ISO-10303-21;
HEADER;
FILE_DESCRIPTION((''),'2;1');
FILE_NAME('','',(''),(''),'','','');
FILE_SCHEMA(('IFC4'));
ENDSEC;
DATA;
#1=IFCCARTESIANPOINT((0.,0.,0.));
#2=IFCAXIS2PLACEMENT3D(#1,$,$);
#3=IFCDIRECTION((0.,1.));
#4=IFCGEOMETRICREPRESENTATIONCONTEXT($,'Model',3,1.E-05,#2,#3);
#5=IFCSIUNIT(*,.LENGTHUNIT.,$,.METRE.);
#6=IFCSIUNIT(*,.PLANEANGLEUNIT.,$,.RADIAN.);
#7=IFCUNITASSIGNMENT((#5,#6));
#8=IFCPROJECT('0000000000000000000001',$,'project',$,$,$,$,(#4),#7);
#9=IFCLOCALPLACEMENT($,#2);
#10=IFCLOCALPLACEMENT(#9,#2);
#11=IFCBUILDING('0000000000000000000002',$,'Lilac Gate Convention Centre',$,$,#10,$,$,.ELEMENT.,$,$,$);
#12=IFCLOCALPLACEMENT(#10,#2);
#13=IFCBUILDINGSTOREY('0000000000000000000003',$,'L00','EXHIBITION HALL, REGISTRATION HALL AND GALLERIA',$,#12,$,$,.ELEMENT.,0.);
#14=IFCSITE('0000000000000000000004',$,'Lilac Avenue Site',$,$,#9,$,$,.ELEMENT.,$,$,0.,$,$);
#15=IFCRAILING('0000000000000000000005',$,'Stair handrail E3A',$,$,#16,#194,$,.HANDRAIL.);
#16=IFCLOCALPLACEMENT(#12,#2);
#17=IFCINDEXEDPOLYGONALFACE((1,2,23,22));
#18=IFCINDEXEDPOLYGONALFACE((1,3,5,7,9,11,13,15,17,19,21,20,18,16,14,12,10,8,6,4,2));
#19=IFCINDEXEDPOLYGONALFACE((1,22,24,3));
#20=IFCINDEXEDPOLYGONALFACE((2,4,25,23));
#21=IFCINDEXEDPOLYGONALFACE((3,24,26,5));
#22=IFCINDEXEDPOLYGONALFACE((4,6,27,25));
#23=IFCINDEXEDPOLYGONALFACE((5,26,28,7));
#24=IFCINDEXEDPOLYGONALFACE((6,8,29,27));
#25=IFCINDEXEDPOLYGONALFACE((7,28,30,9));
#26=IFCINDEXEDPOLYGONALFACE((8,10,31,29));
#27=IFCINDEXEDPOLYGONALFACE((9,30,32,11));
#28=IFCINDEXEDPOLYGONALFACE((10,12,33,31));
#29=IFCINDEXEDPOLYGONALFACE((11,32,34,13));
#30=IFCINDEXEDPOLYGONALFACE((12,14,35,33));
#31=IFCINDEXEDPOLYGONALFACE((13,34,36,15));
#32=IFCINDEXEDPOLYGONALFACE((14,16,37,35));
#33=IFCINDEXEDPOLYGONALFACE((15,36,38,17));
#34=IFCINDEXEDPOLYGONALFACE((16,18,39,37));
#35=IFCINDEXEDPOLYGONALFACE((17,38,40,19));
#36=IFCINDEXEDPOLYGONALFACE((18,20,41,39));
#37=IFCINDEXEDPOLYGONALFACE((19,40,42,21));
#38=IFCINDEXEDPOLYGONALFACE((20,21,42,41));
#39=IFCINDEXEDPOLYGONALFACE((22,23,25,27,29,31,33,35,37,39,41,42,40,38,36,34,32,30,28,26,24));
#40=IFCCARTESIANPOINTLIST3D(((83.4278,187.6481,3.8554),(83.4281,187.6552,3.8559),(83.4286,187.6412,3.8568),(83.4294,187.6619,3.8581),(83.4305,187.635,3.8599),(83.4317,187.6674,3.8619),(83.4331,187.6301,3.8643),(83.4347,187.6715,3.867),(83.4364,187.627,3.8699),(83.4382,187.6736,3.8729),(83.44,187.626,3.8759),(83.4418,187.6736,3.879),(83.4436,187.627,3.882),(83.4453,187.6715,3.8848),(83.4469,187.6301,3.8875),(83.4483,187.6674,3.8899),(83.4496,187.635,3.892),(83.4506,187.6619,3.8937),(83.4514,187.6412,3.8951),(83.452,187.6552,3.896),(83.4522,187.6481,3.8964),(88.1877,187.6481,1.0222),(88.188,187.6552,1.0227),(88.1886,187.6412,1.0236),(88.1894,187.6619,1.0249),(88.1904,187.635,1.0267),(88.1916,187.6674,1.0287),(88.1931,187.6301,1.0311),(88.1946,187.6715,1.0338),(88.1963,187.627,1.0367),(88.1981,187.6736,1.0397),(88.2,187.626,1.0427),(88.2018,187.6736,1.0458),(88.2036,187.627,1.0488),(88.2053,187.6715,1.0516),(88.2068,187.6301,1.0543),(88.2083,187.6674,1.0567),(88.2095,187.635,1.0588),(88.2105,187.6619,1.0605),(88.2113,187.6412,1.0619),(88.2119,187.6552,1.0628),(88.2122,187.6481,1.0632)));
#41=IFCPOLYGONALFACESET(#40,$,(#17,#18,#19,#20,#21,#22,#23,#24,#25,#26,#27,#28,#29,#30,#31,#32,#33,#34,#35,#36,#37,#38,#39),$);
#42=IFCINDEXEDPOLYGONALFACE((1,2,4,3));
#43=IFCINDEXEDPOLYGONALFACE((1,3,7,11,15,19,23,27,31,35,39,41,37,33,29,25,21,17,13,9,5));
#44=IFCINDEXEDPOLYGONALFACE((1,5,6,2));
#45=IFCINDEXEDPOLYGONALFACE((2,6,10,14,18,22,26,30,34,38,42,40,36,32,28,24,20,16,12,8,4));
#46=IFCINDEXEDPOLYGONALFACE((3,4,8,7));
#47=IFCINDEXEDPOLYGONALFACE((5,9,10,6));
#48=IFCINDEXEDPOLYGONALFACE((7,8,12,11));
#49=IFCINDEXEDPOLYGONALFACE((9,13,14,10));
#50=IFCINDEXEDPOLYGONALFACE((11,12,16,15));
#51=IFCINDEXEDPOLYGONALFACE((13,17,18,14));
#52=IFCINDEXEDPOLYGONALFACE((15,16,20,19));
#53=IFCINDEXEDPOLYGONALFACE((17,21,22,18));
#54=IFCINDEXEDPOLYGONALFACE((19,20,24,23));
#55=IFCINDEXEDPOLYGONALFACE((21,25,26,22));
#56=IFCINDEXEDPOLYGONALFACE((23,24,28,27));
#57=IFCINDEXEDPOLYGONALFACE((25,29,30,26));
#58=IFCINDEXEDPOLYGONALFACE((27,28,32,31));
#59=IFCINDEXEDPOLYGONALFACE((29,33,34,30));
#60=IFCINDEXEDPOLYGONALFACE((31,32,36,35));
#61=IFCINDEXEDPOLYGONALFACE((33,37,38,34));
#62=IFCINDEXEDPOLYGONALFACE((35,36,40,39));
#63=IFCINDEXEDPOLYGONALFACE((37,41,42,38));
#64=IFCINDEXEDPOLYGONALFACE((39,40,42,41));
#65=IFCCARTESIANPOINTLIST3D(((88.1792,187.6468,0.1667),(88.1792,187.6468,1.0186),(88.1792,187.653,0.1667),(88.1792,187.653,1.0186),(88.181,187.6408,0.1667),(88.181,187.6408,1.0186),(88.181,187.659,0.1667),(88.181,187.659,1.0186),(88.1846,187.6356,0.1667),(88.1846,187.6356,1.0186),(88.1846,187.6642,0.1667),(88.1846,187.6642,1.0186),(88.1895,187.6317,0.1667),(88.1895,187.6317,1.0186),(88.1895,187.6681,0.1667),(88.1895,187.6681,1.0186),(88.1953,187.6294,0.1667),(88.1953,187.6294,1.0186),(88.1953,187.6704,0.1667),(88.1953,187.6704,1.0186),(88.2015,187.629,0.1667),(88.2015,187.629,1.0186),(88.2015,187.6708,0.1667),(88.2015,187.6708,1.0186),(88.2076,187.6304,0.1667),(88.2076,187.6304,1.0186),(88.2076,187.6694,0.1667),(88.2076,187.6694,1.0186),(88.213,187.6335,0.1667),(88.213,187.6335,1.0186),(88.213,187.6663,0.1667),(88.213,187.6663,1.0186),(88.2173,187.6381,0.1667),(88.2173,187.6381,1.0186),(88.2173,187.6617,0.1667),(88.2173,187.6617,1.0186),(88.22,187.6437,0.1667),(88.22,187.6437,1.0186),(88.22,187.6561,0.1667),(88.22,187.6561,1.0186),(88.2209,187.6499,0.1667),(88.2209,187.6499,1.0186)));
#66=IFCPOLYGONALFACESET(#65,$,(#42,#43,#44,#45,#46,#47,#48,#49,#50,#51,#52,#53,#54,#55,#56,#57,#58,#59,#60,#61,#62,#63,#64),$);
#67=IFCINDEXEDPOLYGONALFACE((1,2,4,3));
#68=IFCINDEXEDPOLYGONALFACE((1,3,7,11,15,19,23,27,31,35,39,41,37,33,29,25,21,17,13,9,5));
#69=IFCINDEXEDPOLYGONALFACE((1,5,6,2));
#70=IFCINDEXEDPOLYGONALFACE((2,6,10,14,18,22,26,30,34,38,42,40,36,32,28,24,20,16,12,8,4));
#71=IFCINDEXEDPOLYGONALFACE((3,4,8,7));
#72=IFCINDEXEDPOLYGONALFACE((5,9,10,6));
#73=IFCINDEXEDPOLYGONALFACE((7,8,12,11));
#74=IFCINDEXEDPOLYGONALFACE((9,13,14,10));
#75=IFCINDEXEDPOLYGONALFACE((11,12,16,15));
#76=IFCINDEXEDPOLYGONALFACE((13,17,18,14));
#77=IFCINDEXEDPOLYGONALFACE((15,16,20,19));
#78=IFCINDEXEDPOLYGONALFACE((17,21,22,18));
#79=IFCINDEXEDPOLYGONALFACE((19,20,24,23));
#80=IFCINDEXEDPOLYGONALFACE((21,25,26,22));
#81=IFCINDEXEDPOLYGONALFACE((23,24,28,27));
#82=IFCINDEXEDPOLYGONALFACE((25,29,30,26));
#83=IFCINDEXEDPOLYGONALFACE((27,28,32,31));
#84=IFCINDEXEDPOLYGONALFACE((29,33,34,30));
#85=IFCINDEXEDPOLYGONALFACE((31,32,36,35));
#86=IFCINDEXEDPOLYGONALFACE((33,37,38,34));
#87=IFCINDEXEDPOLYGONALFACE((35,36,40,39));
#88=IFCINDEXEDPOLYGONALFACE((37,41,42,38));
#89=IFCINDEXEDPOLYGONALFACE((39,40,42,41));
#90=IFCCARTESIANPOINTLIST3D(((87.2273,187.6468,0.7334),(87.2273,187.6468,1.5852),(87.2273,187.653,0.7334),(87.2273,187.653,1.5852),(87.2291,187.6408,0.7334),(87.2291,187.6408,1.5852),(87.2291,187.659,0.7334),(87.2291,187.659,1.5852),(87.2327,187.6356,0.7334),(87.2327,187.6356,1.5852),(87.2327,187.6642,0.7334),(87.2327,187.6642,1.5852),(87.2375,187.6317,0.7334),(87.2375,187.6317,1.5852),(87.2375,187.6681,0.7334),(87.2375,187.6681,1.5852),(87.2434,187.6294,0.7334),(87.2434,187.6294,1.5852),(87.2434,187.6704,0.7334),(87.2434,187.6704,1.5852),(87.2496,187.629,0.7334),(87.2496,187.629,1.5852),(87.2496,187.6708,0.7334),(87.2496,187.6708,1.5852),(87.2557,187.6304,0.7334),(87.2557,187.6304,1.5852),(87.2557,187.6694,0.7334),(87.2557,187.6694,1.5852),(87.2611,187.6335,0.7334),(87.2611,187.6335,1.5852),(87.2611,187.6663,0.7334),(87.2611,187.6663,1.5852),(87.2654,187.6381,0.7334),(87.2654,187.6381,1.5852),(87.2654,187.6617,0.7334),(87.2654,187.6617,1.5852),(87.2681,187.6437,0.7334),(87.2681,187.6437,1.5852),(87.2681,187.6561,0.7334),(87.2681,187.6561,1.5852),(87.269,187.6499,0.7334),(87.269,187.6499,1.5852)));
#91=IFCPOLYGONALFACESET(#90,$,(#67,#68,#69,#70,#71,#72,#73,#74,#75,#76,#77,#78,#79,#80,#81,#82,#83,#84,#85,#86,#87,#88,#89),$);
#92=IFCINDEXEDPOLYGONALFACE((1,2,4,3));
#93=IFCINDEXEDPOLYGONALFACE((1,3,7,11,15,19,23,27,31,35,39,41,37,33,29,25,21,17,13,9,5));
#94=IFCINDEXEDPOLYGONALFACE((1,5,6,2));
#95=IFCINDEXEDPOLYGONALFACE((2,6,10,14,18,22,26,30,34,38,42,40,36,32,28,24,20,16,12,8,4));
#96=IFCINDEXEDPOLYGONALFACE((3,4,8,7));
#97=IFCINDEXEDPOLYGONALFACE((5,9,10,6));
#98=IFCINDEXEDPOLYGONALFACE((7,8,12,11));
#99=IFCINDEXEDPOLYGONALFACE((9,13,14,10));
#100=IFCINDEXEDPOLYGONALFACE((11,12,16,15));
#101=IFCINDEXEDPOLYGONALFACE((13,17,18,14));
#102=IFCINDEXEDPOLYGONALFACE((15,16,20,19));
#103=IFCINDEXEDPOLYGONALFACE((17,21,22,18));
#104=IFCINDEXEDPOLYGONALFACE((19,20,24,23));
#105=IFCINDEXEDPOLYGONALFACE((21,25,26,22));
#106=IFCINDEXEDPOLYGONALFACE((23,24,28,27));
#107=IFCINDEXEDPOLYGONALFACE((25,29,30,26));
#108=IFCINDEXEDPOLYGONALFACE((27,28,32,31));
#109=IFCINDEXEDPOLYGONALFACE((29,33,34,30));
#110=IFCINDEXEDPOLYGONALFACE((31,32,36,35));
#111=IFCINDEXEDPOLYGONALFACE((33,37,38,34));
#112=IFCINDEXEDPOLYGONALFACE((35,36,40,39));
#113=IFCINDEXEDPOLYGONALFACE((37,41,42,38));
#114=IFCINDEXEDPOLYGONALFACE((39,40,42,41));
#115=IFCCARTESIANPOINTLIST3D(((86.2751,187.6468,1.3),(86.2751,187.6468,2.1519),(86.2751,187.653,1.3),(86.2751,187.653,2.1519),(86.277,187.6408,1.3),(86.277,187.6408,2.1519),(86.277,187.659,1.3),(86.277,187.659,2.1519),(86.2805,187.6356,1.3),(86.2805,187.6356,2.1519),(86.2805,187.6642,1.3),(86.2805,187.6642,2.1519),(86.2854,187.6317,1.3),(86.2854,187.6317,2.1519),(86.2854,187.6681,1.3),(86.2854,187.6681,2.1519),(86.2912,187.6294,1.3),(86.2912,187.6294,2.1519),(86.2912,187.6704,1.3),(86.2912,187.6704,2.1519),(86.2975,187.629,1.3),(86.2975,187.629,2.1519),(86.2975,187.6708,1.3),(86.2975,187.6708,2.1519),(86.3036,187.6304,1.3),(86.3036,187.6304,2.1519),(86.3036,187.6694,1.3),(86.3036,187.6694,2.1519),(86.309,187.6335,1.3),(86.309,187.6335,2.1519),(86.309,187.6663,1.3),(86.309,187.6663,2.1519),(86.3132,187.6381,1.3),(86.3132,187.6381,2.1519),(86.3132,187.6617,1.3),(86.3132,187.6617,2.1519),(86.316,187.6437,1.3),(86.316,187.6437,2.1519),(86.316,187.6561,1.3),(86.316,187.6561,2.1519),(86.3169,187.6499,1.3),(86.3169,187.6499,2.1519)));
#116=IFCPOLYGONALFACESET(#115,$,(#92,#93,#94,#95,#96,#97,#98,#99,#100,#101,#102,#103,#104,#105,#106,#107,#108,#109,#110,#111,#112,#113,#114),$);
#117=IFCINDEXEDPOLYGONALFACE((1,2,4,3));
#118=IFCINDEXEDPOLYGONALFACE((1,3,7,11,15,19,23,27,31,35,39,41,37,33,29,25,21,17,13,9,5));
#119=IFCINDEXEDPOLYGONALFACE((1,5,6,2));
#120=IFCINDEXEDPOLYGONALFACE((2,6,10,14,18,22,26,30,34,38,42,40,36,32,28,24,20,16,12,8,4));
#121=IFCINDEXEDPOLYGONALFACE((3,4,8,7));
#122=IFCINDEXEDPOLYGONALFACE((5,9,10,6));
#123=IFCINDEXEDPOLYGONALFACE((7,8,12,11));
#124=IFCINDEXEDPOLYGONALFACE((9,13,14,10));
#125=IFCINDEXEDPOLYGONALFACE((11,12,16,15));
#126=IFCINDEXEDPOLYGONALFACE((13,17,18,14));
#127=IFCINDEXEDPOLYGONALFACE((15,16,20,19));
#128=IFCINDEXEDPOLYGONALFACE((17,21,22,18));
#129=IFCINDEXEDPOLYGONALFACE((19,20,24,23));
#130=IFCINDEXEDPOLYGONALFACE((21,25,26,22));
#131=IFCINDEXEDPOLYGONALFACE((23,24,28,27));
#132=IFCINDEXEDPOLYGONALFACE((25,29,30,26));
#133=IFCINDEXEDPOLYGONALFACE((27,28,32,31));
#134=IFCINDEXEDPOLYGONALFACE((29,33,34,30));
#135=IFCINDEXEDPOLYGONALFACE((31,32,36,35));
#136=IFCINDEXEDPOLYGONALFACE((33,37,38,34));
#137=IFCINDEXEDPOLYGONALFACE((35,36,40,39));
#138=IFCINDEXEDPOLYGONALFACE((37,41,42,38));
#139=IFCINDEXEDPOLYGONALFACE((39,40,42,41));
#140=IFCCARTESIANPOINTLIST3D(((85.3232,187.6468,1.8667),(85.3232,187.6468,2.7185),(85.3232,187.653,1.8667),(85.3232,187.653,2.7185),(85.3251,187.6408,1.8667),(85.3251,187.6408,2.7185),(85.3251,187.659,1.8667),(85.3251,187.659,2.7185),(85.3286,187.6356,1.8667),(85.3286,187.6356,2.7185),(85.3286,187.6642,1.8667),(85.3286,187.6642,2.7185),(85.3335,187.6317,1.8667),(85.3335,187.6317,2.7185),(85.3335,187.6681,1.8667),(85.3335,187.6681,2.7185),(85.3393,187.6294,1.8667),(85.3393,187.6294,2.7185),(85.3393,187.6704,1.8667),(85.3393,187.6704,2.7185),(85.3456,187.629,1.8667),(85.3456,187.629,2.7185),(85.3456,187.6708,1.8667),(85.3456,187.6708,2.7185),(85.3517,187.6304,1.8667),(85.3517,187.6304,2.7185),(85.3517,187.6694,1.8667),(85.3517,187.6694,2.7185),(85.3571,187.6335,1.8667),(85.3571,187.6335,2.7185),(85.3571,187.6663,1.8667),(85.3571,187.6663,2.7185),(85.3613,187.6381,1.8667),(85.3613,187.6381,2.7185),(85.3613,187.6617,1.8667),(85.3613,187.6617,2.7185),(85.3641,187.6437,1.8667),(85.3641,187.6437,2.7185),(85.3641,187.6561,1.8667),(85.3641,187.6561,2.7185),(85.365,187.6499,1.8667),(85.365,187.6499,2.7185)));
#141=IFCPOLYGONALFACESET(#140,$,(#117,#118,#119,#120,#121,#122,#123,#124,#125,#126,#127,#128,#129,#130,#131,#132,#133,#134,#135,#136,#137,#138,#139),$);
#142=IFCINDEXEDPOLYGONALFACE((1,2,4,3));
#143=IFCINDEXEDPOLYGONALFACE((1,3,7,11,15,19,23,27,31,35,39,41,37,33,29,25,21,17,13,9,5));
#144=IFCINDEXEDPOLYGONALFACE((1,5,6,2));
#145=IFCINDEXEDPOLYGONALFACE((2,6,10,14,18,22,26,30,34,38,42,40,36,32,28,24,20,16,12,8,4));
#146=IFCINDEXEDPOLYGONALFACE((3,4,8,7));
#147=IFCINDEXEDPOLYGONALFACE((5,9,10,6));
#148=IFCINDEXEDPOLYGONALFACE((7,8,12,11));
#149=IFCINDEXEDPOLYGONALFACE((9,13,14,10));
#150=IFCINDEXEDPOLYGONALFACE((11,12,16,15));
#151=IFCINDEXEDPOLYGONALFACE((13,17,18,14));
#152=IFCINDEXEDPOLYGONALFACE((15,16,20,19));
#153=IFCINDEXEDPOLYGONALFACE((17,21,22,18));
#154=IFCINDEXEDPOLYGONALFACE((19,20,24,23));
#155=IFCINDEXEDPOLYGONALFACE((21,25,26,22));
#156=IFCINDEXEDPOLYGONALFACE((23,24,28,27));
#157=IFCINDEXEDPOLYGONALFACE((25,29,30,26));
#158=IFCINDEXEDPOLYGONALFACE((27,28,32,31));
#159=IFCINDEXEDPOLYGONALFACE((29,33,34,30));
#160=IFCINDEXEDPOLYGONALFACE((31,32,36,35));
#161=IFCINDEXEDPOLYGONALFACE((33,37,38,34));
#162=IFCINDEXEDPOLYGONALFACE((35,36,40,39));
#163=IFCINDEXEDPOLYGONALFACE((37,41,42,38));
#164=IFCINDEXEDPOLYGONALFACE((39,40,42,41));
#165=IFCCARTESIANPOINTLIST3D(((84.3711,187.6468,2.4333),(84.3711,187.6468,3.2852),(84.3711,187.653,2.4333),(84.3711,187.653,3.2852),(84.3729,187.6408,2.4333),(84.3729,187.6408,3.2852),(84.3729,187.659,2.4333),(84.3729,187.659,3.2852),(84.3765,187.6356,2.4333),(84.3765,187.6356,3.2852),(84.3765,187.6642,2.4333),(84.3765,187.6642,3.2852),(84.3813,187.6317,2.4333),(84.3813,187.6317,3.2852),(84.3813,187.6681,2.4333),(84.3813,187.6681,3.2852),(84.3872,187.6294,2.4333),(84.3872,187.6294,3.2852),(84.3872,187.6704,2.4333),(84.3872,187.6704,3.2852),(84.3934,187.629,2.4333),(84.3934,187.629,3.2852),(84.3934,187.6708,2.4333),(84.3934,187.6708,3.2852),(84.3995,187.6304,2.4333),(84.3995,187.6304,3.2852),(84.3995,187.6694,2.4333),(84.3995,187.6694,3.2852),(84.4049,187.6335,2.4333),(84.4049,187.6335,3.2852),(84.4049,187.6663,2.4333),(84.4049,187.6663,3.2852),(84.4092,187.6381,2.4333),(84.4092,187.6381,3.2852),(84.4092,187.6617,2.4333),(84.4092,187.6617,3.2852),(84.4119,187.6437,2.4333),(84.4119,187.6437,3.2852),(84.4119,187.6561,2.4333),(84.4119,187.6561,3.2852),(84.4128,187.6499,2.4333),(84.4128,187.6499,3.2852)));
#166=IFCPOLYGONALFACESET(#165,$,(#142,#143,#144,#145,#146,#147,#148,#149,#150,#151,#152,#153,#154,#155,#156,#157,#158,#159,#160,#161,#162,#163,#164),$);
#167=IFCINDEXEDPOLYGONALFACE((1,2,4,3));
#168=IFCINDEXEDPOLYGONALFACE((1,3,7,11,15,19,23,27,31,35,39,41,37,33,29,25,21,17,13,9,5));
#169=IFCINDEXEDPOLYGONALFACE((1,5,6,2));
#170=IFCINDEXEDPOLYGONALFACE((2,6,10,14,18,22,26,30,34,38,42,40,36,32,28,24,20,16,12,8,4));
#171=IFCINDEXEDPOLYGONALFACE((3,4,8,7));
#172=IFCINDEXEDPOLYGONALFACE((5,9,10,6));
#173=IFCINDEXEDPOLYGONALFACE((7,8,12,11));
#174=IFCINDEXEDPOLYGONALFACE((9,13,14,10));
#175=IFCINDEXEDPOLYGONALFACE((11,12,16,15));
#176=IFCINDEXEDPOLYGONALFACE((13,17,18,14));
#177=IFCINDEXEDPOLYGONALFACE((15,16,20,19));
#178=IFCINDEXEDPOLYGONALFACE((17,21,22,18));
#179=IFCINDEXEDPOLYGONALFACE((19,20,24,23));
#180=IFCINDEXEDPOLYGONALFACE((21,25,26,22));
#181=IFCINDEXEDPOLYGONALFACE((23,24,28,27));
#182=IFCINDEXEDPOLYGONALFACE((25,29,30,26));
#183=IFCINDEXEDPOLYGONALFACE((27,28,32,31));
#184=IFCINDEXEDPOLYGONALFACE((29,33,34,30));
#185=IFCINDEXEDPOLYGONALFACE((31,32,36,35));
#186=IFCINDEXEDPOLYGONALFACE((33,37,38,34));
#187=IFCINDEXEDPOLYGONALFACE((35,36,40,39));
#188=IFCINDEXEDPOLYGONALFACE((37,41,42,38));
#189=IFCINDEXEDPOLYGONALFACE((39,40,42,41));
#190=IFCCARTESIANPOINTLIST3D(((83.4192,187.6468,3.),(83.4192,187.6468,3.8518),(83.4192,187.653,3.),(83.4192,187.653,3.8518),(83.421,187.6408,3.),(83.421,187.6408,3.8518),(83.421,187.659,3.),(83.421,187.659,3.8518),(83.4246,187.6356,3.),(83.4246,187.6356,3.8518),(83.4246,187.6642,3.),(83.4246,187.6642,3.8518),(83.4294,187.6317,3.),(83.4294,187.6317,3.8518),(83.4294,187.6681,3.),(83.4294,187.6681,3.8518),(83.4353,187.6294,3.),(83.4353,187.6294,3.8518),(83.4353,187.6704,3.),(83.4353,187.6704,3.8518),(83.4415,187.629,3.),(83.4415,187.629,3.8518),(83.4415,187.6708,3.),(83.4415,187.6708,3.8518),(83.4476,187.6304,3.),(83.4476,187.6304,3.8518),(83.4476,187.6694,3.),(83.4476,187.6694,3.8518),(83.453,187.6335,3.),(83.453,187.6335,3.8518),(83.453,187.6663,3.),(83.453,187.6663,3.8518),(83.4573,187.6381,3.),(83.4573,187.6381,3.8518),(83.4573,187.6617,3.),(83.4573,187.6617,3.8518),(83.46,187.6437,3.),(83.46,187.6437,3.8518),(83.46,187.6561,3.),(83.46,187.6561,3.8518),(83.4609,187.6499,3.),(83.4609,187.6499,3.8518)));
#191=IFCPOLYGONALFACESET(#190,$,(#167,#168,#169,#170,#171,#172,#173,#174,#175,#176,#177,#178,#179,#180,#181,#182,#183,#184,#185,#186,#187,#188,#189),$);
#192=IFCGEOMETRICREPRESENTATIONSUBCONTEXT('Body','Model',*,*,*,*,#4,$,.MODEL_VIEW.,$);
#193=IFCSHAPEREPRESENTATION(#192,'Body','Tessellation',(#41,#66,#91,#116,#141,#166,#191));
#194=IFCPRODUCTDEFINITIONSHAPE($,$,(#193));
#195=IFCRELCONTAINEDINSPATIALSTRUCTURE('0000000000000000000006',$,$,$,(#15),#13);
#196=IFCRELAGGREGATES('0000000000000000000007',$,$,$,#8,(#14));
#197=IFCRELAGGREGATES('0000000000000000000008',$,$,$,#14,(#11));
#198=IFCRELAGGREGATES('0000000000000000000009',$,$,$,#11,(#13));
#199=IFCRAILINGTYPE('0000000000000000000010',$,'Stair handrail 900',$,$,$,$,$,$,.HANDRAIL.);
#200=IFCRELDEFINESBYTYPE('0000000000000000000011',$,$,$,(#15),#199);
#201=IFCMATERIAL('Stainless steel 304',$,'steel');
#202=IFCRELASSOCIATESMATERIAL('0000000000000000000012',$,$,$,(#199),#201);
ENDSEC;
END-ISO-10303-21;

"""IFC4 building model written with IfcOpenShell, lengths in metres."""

from ifc_helpers import new_model, si_unit, direction, frame, origin, origin_2d, place, context, subcontext, project, spatial, circle, extrude, material, type_object, element, save


model = new_model("IFC4")

# Units and contexts
model_context = context("Model", 3, precision=1e-05, world=origin(), true_north=direction((0.0, 1.0)))
body_context = subcontext(model_context, "Body", "Model", "MODEL_VIEW")
ifc_project = project(units=[si_unit("LENGTHUNIT", "METRE"), si_unit("PLANEANGLEUNIT", "RADIAN")], contexts=[model_context])

# Site, building, storey
site_placement = place(None, origin())
site = spatial("IfcSite", under=ifc_project, at=site_placement, Name="Lilac Avenue Site", CompositionType="ELEMENT", RefElevation=0.0)
building_placement = place(site_placement, origin())
building = spatial("IfcBuilding", under=site, at=building_placement, Name="Lilac Gate Convention Centre", CompositionType="ELEMENT")
storey_placement = place(building_placement, origin())
storey = spatial("IfcBuildingStorey", under=building, at=storey_placement, Name="L00", Description="EXHIBITION HALL, REGISTRATION HALL AND GALLERIA", CompositionType="ELEMENT", Elevation=0.0)

# Railing
ifc_material_1 = material(Name="Stainless steel 304", Category="steel")
railing_type = type_object("IfcRailingType", Name="Stair handrail 900", PredefinedType="HANDRAIL", material=ifc_material_1)
for number, where, name in (
    (1, (88.2, 187.6499, 0.1667), "Stair handrail E3A"),
):
    element("IfcRailing", number, at=place(storey_placement, frame(where)), inside=storey, type_object=railing_type, Name=name, PredefinedType="HANDRAIL", context=body_context, shape_type="SweptSolid", body=[
        extrude(circle(Radius=0.0239, at=origin_2d()), frame((0.0, 0.0, 0.876), z_axis=(-0.8593, 0.0, 0.511472), x_axis=(0.0, -1.0, 0.0)), (0.0, 0.0, 1.0), 5.5393),
        extrude(circle(Radius=0.021, at=origin_2d()), origin(), (0.0, 0.0, 1.0), 0.8518),
        extrude(circle(Radius=0.021, at=origin_2d()), frame((-0.9519, 0.0, 0.5667)), (0.0, 0.0, 1.0), 0.8518),
        extrude(circle(Radius=0.021, at=origin_2d()), frame((-1.9041, 0.0, 1.1333)), (0.0, 0.0, 1.0), 0.8518),
        extrude(circle(Radius=0.021, at=origin_2d()), frame((-2.856, 0.0, 1.7)), (0.0, 0.0, 1.0), 0.8518),
        extrude(circle(Radius=0.021, at=origin_2d()), frame((-3.8081, 0.0, 2.2666)), (0.0, 0.0, 1.0), 0.8518),
        extrude(circle(Radius=0.021, at=origin_2d()), frame((-4.76, 0.0, 2.8333)), (0.0, 0.0, 1.0), 0.8518),
    ])

save(model, "model.ifc")
